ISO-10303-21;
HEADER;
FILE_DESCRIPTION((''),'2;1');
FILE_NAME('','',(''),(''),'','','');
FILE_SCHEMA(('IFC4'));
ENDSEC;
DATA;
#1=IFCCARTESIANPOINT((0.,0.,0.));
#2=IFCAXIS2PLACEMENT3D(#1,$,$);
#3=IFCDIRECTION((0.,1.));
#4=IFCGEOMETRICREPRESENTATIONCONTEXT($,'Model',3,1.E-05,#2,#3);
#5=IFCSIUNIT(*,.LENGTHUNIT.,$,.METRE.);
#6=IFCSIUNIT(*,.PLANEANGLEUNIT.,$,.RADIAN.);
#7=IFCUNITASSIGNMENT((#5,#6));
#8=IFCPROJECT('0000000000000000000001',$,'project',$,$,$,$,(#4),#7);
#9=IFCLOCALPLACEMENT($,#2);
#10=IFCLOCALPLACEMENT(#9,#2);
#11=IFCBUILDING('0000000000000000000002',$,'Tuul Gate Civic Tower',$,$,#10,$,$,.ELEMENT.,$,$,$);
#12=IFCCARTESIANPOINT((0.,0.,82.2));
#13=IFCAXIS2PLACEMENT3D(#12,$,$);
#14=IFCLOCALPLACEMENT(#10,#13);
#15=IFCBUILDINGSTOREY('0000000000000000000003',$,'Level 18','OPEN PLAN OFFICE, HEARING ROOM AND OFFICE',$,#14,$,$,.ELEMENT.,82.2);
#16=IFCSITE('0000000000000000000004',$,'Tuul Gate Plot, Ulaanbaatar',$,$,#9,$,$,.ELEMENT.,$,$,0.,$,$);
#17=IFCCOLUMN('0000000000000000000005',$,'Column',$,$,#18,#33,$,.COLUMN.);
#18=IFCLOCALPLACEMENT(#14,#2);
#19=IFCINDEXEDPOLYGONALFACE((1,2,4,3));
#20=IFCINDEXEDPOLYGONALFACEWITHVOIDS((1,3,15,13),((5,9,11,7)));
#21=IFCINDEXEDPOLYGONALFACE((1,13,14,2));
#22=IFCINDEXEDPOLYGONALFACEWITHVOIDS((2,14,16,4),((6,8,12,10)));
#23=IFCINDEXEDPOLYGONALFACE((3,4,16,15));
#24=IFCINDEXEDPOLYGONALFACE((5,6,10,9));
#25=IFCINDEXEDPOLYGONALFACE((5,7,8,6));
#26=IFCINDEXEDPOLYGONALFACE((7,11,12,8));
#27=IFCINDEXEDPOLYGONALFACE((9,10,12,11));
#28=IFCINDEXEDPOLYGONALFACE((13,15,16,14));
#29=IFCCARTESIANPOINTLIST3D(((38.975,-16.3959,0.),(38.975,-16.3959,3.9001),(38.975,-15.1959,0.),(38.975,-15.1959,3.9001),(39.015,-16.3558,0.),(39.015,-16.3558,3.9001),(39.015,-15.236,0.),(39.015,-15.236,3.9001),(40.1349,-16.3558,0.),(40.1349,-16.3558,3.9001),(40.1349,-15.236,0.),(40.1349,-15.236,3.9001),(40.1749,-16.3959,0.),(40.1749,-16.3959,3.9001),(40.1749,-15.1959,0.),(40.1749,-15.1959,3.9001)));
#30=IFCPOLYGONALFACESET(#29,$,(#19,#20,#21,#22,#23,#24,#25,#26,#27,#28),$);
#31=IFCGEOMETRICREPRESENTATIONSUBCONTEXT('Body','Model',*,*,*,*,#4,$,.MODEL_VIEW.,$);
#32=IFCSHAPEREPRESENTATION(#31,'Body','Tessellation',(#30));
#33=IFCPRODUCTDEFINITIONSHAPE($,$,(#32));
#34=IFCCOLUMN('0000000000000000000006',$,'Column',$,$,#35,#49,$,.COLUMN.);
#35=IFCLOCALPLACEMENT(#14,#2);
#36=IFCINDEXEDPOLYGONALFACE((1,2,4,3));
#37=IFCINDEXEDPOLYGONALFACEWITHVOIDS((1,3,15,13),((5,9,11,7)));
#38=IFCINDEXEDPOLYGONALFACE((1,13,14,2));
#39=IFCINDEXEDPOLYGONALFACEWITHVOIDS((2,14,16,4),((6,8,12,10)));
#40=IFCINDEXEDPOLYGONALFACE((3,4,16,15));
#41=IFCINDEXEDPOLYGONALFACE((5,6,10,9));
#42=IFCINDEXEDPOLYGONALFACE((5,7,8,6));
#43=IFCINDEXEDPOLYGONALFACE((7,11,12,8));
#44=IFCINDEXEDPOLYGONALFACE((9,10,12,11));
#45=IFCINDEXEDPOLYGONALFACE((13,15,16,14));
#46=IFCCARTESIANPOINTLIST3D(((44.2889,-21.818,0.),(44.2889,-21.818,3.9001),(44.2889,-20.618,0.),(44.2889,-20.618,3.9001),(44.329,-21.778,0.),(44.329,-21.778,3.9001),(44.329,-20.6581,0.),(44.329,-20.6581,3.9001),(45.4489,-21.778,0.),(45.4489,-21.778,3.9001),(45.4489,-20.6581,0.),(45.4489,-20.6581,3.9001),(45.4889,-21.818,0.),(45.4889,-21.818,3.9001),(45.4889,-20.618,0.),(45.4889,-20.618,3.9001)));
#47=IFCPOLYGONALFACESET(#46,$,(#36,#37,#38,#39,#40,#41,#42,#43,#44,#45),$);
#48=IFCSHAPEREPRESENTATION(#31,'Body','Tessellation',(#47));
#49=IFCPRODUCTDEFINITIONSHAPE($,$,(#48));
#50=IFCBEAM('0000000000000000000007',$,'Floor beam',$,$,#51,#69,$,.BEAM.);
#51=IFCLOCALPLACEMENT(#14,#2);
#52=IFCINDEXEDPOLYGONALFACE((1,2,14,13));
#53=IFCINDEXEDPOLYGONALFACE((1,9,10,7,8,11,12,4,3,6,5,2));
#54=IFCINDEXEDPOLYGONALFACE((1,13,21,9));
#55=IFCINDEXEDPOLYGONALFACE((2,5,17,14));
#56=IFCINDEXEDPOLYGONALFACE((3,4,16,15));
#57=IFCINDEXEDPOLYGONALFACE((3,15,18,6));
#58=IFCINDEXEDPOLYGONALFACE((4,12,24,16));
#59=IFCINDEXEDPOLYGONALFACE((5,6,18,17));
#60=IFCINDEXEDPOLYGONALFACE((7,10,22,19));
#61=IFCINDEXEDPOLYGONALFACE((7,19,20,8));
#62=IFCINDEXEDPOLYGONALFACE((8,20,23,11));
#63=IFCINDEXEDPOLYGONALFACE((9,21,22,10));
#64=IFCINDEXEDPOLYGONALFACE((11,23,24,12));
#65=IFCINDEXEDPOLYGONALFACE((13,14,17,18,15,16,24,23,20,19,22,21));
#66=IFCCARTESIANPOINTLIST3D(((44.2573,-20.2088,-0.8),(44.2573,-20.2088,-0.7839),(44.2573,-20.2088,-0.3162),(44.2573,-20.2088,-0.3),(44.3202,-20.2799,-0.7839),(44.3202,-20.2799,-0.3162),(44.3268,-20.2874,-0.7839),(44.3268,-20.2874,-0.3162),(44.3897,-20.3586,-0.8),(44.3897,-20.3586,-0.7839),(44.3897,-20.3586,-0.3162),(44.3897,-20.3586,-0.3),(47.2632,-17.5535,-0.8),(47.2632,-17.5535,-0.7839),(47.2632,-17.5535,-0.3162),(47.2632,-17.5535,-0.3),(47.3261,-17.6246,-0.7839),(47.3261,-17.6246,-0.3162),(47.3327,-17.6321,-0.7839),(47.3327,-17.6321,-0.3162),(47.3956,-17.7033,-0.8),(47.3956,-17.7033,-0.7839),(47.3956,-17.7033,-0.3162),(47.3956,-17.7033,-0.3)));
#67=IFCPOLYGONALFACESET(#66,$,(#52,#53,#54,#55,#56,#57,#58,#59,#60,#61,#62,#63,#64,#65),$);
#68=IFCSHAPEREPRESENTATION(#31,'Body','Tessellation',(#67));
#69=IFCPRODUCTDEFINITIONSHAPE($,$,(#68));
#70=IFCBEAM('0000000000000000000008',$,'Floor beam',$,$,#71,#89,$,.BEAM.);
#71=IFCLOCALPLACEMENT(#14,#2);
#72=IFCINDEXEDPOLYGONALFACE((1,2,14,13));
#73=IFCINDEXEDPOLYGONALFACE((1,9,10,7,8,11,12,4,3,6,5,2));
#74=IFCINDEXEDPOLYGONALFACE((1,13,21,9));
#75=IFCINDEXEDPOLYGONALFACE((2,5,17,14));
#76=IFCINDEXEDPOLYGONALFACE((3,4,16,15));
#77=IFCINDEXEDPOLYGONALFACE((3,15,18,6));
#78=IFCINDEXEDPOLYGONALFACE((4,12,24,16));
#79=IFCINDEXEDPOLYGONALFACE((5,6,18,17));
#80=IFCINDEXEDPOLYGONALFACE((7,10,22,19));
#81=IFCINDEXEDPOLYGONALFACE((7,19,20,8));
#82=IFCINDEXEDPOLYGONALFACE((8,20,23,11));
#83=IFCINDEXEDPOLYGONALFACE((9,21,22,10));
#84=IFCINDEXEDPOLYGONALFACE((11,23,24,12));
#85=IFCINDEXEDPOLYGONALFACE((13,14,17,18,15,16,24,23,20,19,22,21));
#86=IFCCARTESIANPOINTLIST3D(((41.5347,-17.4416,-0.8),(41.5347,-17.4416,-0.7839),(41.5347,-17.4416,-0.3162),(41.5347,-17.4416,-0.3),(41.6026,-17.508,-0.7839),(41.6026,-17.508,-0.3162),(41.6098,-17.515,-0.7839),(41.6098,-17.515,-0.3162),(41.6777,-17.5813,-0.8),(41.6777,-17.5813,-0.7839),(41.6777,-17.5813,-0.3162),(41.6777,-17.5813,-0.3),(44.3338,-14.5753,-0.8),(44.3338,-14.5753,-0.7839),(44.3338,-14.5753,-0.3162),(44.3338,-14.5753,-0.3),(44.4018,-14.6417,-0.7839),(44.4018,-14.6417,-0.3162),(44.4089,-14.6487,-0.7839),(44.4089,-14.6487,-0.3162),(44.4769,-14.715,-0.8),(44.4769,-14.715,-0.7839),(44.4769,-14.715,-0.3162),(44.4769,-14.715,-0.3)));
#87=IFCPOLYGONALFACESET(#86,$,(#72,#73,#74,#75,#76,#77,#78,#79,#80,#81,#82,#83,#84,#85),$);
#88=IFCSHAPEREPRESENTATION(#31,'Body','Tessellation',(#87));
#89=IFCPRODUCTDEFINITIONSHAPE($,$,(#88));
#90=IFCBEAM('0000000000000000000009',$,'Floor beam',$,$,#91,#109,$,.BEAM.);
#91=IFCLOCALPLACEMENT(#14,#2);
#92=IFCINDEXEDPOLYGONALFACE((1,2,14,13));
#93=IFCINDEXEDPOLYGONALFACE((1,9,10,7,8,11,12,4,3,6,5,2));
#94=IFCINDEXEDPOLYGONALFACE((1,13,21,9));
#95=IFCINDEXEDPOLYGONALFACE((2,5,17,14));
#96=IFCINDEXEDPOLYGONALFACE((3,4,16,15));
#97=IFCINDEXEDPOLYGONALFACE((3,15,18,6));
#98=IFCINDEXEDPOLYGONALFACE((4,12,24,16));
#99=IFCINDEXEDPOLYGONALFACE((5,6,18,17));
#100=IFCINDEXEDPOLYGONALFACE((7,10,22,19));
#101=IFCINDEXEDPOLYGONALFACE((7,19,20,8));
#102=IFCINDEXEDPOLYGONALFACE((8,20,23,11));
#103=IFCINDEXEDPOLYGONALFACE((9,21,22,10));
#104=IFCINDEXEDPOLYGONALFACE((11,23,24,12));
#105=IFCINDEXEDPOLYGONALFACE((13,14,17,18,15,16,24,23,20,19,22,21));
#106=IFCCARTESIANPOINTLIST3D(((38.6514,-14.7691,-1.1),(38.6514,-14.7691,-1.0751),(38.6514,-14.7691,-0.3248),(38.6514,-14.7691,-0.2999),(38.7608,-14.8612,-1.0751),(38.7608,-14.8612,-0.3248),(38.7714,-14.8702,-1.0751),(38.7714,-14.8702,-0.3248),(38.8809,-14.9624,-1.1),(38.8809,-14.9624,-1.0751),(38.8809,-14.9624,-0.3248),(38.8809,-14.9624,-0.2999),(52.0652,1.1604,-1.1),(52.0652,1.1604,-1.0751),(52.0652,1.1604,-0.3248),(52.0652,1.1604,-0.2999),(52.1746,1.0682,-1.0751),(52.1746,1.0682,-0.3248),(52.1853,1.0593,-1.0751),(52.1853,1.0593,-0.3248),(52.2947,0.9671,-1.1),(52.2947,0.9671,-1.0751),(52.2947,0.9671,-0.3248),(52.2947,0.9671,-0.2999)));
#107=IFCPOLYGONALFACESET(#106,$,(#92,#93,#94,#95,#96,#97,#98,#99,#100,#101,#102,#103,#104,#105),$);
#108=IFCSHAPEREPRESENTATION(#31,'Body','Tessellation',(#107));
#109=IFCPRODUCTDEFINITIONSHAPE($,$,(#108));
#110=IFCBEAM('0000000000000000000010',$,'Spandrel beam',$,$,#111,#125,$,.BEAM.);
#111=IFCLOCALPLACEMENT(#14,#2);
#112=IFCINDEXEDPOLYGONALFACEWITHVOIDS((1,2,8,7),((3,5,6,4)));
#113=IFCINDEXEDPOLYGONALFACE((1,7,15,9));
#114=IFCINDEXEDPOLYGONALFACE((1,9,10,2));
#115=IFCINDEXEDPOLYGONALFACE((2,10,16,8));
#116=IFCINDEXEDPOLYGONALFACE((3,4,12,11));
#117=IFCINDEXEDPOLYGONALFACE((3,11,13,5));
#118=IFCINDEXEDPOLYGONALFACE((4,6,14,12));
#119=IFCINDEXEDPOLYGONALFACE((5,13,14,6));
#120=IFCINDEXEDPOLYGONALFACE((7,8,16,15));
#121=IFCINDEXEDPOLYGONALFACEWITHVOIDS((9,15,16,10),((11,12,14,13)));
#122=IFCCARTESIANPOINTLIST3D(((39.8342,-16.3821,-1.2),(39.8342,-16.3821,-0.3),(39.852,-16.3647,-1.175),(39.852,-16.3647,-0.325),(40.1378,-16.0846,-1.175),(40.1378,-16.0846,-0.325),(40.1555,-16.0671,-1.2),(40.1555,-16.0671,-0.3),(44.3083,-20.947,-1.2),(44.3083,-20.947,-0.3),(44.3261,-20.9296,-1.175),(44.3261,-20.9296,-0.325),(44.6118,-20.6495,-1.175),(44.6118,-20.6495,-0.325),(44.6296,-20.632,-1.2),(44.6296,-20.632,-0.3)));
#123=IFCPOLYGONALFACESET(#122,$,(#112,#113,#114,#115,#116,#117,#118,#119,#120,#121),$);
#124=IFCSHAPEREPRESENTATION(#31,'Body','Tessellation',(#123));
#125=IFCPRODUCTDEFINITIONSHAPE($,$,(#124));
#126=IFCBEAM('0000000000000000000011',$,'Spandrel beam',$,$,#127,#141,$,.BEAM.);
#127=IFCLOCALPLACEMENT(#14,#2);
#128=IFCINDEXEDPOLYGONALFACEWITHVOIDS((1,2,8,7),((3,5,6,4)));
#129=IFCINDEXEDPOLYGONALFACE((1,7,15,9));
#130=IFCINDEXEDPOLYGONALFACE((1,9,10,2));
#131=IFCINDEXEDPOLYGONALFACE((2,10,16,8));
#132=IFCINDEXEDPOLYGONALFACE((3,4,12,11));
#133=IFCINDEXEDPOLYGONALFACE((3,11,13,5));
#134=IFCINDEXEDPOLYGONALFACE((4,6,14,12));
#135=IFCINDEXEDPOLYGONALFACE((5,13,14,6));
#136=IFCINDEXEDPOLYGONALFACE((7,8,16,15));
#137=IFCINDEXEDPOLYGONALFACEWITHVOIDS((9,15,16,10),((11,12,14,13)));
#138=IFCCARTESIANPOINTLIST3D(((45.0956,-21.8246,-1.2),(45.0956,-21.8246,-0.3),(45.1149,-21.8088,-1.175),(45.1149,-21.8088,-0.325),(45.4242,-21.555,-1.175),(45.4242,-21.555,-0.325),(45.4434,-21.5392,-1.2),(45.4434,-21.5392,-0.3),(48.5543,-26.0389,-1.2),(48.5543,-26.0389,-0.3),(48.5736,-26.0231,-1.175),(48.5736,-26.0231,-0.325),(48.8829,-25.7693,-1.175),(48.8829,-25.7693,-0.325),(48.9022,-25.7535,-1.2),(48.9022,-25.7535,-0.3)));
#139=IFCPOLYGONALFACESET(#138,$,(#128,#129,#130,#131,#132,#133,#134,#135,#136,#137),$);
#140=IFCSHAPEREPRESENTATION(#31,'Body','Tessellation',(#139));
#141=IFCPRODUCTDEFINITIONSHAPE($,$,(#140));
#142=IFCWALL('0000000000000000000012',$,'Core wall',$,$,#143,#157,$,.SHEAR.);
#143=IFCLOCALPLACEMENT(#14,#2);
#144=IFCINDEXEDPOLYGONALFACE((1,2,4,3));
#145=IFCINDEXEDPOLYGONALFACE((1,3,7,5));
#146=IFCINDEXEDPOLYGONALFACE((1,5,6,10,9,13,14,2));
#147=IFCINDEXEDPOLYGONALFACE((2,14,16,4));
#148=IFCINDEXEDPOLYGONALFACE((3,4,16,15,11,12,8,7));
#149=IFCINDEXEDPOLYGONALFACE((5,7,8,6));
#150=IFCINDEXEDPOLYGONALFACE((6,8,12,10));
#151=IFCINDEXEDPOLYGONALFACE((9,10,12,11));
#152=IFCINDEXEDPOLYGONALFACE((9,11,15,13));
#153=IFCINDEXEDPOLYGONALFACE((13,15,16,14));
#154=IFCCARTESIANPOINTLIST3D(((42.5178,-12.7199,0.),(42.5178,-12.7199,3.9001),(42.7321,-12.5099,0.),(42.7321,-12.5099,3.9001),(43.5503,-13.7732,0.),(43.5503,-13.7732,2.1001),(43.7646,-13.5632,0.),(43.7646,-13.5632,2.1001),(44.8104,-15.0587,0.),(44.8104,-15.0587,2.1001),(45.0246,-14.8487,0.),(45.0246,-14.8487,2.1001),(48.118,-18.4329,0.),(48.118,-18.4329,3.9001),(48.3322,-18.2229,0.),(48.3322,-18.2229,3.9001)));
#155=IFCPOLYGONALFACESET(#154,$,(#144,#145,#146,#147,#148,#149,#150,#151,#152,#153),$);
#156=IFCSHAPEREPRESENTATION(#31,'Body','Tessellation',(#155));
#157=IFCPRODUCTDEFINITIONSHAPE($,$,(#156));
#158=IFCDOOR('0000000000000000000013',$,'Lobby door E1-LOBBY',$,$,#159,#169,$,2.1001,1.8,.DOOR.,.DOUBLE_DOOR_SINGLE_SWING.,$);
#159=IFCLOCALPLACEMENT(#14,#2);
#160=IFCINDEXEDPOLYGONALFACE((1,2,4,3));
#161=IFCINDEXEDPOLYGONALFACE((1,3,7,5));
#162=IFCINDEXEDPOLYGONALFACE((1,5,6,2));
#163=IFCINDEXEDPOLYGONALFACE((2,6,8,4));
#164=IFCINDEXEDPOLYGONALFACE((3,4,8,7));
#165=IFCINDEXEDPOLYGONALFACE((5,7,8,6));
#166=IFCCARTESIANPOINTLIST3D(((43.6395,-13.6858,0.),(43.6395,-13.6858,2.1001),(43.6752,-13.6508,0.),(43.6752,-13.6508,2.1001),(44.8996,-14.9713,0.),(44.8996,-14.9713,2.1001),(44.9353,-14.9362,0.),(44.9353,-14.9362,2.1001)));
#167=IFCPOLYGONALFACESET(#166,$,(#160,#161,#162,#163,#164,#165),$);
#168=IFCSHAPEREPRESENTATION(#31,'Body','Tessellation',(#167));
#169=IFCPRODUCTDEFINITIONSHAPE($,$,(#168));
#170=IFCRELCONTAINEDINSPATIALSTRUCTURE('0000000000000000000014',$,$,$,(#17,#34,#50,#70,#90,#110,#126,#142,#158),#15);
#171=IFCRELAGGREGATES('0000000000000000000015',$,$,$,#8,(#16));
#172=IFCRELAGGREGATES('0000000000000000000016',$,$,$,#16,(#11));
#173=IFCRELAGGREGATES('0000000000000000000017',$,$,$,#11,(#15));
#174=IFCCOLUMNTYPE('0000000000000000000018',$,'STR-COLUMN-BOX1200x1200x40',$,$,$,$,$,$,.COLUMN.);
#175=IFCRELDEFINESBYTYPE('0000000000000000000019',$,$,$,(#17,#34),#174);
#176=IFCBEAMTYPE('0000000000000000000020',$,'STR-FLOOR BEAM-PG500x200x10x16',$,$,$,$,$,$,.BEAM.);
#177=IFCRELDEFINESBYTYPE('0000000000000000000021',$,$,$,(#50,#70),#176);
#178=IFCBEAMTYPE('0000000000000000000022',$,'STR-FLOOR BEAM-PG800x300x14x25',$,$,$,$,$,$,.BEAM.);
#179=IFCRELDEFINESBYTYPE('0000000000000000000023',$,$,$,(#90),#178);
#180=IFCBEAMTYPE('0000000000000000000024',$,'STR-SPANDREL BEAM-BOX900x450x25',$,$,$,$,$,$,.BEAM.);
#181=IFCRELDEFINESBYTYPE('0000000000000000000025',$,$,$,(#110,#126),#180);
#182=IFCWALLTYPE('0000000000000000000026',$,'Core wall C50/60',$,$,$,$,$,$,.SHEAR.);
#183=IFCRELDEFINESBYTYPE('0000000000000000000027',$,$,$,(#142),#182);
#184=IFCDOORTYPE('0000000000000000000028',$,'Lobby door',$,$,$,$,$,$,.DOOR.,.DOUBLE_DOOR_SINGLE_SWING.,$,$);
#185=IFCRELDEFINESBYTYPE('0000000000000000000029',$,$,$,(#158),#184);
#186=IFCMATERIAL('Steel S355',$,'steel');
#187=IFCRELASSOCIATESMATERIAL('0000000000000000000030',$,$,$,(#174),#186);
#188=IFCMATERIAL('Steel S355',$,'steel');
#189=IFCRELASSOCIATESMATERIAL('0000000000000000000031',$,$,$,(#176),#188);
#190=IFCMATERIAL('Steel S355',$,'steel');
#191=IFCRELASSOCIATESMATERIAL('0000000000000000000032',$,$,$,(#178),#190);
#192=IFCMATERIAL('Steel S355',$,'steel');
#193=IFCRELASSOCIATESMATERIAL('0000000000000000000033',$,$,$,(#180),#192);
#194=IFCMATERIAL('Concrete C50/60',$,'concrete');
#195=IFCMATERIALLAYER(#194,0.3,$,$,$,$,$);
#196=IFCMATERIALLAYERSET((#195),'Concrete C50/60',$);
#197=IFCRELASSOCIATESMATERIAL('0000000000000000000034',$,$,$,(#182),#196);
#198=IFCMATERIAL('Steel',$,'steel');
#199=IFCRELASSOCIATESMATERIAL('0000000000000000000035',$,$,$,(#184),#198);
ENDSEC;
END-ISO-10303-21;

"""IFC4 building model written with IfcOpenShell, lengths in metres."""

from ifc_helpers import new_model, si_unit, direction, frame, frame_2d, origin, origin_2d, place, context, subcontext, project, spatial, rectangle, hollow_rectangle, i_section, extrude, material, layer, layer_set, material_profile, profile_set, type_object, element, fill, save


model = new_model("IFC4")

# Units and contexts
model_context = context("Model", 3, precision=1e-05, world=origin(), true_north=direction((0.0, 1.0)))
body_context = subcontext(model_context, "Body", "Model", "MODEL_VIEW")
ifc_project = project(units=[si_unit("LENGTHUNIT", "METRE"), si_unit("PLANEANGLEUNIT", "RADIAN")], contexts=[model_context])

# Site, building, storey
site_placement = place(None, origin())
site = spatial("IfcSite", under=ifc_project, at=site_placement, Name="Tuul Gate Plot, Ulaanbaatar", CompositionType="ELEMENT", RefElevation=0.0)
building_placement = place(site_placement, origin())
building = spatial("IfcBuilding", under=site, at=building_placement, Name="Tuul Gate Civic Tower", CompositionType="ELEMENT")
storey_placement = place(building_placement, frame((0.0, 0.0, 82.2)))
storey = spatial("IfcBuildingStorey", under=building, at=storey_placement, Name="Level 18", Description="OPEN PLAN OFFICE, HEARING ROOM AND OFFICE", CompositionType="ELEMENT", Elevation=82.2)

# Columns
ifc_material_1 = material(Name="Steel S355", Category="steel")
ifc_material_profile_1 = material_profile(ifc_material_1, hollow_rectangle(XDim=1.2, YDim=1.2, WallThickness=0.04, at=origin_2d()), Name="BOX1200x1200x40")
ifc_profile_set_1 = profile_set([ifc_material_profile_1], Name="Steel S355")
column_type = type_object("IfcColumnType", Name="STR-COLUMN-BOX1200x1200x40", PredefinedType="COLUMN", material=ifc_profile_set_1)
for number, where, z_axis, x_axis, name in (
    (1, (39.575, -15.7959, 0.0), (0.0, 0.0, 1.0), (1.0, 0.0, 0.0), "Column"),
    (2, (44.8889, -21.218, 0.0), (0.0, 0.0, 1.0), (1.0, 0.0, 0.0), "Column"),
):
    element("IfcColumn", number, at=place(storey_placement, frame(where, z_axis=z_axis, x_axis=x_axis)), inside=storey, type_object=column_type, Name=name, PredefinedType="COLUMN", context=body_context, shape_type="SweptSolid", body=[
        extrude(hollow_rectangle(XDim=1.2, YDim=1.2, WallThickness=0.04, at=origin_2d()), origin(), (0.0, 0.0, 1.0), 3.9001),
    ])

# Beams
ifc_material_2 = material(Name="Steel S355", Category="steel")
ifc_material_profile_2 = material_profile(ifc_material_2, i_section(OverallWidth=0.2, OverallDepth=0.5, WebThickness=0.01, FlangeThickness=0.0161, at=origin_2d()), Name="PG500x200x10x16")
ifc_profile_set_2 = profile_set([ifc_material_profile_2], Name="Steel S355")
beam_type_1 = type_object("IfcBeamType", Name="STR-FLOOR BEAM-PG500x200x10x16", PredefinedType="BEAM", material=ifc_profile_set_2)
beam_1_placement = place(storey_placement, frame((44.3235, -20.2837, -0.55), z_axis=(0.749461, 0.662048, 0.0), x_axis=(-0.662048, 0.749461, 0.0)))
element("IfcBeam", 3, at=beam_1_placement, inside=storey, type_object=beam_type_1, Name="Floor beam", PredefinedType="BEAM", context=body_context, shape_type="SweptSolid", body=[
    extrude(i_section(OverallWidth=0.2, OverallDepth=0.5, WebThickness=0.01, FlangeThickness=0.0161, at=origin_2d()), origin(), (0.0, 0.0, 1.0), 4.0107),
])
beam_2_placement = place(storey_placement, frame((41.6062, -17.5115, -0.55), z_axis=(0.698678, 0.715436, 0.0), x_axis=(-0.715436, 0.698678, 0.0)))
element("IfcBeam", 4, at=beam_2_placement, inside=storey, type_object=beam_type_1, Name="Floor beam", PredefinedType="BEAM", context=body_context, shape_type="SweptSolid", body=[
    extrude(i_section(OverallWidth=0.2, OverallDepth=0.5, WebThickness=0.01, FlangeThickness=0.0161, at=origin_2d()), origin(), (0.0, 0.0, 1.0), 4.0063),
])
ifc_material_3 = material(Name="Steel S355", Category="steel")
ifc_material_profile_3 = material_profile(ifc_material_3, i_section(OverallWidth=0.3, OverallDepth=0.8, WebThickness=0.0139, FlangeThickness=0.0249, at=origin_2d()), Name="PG800x300x14x25")
ifc_profile_set_3 = profile_set([ifc_material_profile_3], Name="Steel S355")
beam_type_2 = type_object("IfcBeamType", Name="STR-FLOOR BEAM-PG800x300x14x25", PredefinedType="BEAM", material=ifc_profile_set_3)
beam_3_placement = place(storey_placement, frame((38.7661, -14.8657, -0.7), z_axis=(0.644123, 0.764922, 0.0), x_axis=(-0.764922, 0.644123, 0.0)))
element("IfcBeam", 5, at=beam_3_placement, inside=storey, type_object=beam_type_2, Name="Floor beam", PredefinedType="BEAM", context=body_context, shape_type="SweptSolid", body=[
    extrude(i_section(OverallWidth=0.3, OverallDepth=0.8, WebThickness=0.0139, FlangeThickness=0.0249, at=origin_2d()), origin(), (0.0, 0.0, 1.0), 20.825),
])
ifc_material_4 = material(Name="Steel S355", Category="steel")
ifc_material_profile_4 = material_profile(ifc_material_4, hollow_rectangle(XDim=0.45, YDim=0.8999, WallThickness=0.0249, at=origin_2d()), Name="BOX900x450x25")
ifc_profile_set_4 = profile_set([ifc_material_profile_4], Name="Steel S355")
beam_type_3 = type_object("IfcBeamType", Name="STR-SPANDREL BEAM-BOX900x450x25", PredefinedType="BEAM", material=ifc_profile_set_4)
beam_4_placement = place(storey_placement, frame((39.9949, -16.2246, -0.75), z_axis=(0.699967, -0.714175, 0.0), x_axis=(0.714175, 0.699967, 0.0)))
element("IfcBeam", 6, at=beam_4_placement, inside=storey, type_object=beam_type_3, Name="Spandrel beam", PredefinedType="BEAM", context=body_context, shape_type="SweptSolid", body=[
    extrude(hollow_rectangle(XDim=0.45, YDim=0.8999, WallThickness=0.0249, at=origin_2d()), origin(), (0.0, 0.0, 1.0), 6.3918),
])
beam_5_placement = place(storey_placement, frame((45.2695, -21.6819, -0.75), z_axis=(0.634405, -0.773001, 0.0), x_axis=(0.773001, 0.634405, 0.0)))
element("IfcBeam", 7, at=beam_5_placement, inside=storey, type_object=beam_type_3, Name="Spandrel beam", PredefinedType="BEAM", context=body_context, shape_type="SweptSolid", body=[
    extrude(hollow_rectangle(XDim=0.45, YDim=0.8999, WallThickness=0.0249, at=origin_2d()), origin(), (0.0, 0.0, 1.0), 5.4519),
])

# Wall, opening, door
ifc_material_5 = material(Name="Concrete C50/60", Category="concrete")
ifc_layer_1 = layer(ifc_material_5, 0.3)
ifc_layer_set_1 = layer_set([ifc_layer_1], Name="Concrete C50/60")
wall_type_1 = type_object("IfcWallType", Name="Core wall C50/60", PredefinedType="SHEAR", material=ifc_layer_set_1)
wall_1_placement = place(storey_placement, frame((48.2251, -18.3279, 0.0), z_axis=(0.0, 0.0, 1.0), x_axis=(-0.700022, 0.714121, 0.0)))
wall_1 = element("IfcWall", 8, at=wall_1_placement, inside=storey, type_object=wall_type_1, Name="Core wall", PredefinedType="SHEAR", context=body_context, shape_type="SweptSolid", body=[
    extrude(rectangle(XDim=8.0, YDim=0.3, at=frame_2d((4.0, 0.0))), origin(), (0.0, 0.0, 1.0), 3.9001),
])
opening_1_placement = place(wall_1_placement, frame((4.7251, 0.0, 0.0)))
opening_1 = element("IfcOpeningElement", 9, at=opening_1_placement, cuts=wall_1, PredefinedType="OPENING", context=body_context, shape_type="SweptSolid", body=[
    extrude(rectangle(XDim=1.8, YDim=2.1001, at=frame_2d((0.8999, 1.05))), frame((0.0, 0.1602, 0.0), z_axis=(0.0, -1.0, 0.0), x_axis=(1.0, 0.0, 0.0)), (0.0, 0.0, 1.0), 0.3201),
])
ifc_material_6 = material(Name="Steel", Category="steel")
door_type_1 = type_object("IfcDoorType", Name="Lobby door", OperationType="DOUBLE_DOOR_SINGLE_SWING", PredefinedType="DOOR", material=ifc_material_6)
door_1_placement = place(opening_1_placement, frame((1.8, 0.0, 0.0), z_axis=(0.0, 0.0, 1.0), x_axis=(-1.0, 0.0, 0.0)))
door_1 = element("IfcDoor", 10, at=door_1_placement, inside=storey, type_object=door_type_1, Name="Lobby door E1-LOBBY", OperationType="DOUBLE_DOOR_SINGLE_SWING", OverallHeight=2.1001, OverallWidth=1.8, PredefinedType="DOOR", context=body_context, shape_type="SweptSolid", body=[
    extrude(rectangle(XDim=1.8, YDim=2.1001, at=frame_2d((0.9001, 1.05))), frame((0.0, 0.0249, 0.0), z_axis=(0.0, -1.0, 0.0), x_axis=(1.0, 0.0, 0.0)), (0.0, 0.0, 1.0), 0.05),
])
fill(opening_1, door_1)

save(model, "model.ifc")
